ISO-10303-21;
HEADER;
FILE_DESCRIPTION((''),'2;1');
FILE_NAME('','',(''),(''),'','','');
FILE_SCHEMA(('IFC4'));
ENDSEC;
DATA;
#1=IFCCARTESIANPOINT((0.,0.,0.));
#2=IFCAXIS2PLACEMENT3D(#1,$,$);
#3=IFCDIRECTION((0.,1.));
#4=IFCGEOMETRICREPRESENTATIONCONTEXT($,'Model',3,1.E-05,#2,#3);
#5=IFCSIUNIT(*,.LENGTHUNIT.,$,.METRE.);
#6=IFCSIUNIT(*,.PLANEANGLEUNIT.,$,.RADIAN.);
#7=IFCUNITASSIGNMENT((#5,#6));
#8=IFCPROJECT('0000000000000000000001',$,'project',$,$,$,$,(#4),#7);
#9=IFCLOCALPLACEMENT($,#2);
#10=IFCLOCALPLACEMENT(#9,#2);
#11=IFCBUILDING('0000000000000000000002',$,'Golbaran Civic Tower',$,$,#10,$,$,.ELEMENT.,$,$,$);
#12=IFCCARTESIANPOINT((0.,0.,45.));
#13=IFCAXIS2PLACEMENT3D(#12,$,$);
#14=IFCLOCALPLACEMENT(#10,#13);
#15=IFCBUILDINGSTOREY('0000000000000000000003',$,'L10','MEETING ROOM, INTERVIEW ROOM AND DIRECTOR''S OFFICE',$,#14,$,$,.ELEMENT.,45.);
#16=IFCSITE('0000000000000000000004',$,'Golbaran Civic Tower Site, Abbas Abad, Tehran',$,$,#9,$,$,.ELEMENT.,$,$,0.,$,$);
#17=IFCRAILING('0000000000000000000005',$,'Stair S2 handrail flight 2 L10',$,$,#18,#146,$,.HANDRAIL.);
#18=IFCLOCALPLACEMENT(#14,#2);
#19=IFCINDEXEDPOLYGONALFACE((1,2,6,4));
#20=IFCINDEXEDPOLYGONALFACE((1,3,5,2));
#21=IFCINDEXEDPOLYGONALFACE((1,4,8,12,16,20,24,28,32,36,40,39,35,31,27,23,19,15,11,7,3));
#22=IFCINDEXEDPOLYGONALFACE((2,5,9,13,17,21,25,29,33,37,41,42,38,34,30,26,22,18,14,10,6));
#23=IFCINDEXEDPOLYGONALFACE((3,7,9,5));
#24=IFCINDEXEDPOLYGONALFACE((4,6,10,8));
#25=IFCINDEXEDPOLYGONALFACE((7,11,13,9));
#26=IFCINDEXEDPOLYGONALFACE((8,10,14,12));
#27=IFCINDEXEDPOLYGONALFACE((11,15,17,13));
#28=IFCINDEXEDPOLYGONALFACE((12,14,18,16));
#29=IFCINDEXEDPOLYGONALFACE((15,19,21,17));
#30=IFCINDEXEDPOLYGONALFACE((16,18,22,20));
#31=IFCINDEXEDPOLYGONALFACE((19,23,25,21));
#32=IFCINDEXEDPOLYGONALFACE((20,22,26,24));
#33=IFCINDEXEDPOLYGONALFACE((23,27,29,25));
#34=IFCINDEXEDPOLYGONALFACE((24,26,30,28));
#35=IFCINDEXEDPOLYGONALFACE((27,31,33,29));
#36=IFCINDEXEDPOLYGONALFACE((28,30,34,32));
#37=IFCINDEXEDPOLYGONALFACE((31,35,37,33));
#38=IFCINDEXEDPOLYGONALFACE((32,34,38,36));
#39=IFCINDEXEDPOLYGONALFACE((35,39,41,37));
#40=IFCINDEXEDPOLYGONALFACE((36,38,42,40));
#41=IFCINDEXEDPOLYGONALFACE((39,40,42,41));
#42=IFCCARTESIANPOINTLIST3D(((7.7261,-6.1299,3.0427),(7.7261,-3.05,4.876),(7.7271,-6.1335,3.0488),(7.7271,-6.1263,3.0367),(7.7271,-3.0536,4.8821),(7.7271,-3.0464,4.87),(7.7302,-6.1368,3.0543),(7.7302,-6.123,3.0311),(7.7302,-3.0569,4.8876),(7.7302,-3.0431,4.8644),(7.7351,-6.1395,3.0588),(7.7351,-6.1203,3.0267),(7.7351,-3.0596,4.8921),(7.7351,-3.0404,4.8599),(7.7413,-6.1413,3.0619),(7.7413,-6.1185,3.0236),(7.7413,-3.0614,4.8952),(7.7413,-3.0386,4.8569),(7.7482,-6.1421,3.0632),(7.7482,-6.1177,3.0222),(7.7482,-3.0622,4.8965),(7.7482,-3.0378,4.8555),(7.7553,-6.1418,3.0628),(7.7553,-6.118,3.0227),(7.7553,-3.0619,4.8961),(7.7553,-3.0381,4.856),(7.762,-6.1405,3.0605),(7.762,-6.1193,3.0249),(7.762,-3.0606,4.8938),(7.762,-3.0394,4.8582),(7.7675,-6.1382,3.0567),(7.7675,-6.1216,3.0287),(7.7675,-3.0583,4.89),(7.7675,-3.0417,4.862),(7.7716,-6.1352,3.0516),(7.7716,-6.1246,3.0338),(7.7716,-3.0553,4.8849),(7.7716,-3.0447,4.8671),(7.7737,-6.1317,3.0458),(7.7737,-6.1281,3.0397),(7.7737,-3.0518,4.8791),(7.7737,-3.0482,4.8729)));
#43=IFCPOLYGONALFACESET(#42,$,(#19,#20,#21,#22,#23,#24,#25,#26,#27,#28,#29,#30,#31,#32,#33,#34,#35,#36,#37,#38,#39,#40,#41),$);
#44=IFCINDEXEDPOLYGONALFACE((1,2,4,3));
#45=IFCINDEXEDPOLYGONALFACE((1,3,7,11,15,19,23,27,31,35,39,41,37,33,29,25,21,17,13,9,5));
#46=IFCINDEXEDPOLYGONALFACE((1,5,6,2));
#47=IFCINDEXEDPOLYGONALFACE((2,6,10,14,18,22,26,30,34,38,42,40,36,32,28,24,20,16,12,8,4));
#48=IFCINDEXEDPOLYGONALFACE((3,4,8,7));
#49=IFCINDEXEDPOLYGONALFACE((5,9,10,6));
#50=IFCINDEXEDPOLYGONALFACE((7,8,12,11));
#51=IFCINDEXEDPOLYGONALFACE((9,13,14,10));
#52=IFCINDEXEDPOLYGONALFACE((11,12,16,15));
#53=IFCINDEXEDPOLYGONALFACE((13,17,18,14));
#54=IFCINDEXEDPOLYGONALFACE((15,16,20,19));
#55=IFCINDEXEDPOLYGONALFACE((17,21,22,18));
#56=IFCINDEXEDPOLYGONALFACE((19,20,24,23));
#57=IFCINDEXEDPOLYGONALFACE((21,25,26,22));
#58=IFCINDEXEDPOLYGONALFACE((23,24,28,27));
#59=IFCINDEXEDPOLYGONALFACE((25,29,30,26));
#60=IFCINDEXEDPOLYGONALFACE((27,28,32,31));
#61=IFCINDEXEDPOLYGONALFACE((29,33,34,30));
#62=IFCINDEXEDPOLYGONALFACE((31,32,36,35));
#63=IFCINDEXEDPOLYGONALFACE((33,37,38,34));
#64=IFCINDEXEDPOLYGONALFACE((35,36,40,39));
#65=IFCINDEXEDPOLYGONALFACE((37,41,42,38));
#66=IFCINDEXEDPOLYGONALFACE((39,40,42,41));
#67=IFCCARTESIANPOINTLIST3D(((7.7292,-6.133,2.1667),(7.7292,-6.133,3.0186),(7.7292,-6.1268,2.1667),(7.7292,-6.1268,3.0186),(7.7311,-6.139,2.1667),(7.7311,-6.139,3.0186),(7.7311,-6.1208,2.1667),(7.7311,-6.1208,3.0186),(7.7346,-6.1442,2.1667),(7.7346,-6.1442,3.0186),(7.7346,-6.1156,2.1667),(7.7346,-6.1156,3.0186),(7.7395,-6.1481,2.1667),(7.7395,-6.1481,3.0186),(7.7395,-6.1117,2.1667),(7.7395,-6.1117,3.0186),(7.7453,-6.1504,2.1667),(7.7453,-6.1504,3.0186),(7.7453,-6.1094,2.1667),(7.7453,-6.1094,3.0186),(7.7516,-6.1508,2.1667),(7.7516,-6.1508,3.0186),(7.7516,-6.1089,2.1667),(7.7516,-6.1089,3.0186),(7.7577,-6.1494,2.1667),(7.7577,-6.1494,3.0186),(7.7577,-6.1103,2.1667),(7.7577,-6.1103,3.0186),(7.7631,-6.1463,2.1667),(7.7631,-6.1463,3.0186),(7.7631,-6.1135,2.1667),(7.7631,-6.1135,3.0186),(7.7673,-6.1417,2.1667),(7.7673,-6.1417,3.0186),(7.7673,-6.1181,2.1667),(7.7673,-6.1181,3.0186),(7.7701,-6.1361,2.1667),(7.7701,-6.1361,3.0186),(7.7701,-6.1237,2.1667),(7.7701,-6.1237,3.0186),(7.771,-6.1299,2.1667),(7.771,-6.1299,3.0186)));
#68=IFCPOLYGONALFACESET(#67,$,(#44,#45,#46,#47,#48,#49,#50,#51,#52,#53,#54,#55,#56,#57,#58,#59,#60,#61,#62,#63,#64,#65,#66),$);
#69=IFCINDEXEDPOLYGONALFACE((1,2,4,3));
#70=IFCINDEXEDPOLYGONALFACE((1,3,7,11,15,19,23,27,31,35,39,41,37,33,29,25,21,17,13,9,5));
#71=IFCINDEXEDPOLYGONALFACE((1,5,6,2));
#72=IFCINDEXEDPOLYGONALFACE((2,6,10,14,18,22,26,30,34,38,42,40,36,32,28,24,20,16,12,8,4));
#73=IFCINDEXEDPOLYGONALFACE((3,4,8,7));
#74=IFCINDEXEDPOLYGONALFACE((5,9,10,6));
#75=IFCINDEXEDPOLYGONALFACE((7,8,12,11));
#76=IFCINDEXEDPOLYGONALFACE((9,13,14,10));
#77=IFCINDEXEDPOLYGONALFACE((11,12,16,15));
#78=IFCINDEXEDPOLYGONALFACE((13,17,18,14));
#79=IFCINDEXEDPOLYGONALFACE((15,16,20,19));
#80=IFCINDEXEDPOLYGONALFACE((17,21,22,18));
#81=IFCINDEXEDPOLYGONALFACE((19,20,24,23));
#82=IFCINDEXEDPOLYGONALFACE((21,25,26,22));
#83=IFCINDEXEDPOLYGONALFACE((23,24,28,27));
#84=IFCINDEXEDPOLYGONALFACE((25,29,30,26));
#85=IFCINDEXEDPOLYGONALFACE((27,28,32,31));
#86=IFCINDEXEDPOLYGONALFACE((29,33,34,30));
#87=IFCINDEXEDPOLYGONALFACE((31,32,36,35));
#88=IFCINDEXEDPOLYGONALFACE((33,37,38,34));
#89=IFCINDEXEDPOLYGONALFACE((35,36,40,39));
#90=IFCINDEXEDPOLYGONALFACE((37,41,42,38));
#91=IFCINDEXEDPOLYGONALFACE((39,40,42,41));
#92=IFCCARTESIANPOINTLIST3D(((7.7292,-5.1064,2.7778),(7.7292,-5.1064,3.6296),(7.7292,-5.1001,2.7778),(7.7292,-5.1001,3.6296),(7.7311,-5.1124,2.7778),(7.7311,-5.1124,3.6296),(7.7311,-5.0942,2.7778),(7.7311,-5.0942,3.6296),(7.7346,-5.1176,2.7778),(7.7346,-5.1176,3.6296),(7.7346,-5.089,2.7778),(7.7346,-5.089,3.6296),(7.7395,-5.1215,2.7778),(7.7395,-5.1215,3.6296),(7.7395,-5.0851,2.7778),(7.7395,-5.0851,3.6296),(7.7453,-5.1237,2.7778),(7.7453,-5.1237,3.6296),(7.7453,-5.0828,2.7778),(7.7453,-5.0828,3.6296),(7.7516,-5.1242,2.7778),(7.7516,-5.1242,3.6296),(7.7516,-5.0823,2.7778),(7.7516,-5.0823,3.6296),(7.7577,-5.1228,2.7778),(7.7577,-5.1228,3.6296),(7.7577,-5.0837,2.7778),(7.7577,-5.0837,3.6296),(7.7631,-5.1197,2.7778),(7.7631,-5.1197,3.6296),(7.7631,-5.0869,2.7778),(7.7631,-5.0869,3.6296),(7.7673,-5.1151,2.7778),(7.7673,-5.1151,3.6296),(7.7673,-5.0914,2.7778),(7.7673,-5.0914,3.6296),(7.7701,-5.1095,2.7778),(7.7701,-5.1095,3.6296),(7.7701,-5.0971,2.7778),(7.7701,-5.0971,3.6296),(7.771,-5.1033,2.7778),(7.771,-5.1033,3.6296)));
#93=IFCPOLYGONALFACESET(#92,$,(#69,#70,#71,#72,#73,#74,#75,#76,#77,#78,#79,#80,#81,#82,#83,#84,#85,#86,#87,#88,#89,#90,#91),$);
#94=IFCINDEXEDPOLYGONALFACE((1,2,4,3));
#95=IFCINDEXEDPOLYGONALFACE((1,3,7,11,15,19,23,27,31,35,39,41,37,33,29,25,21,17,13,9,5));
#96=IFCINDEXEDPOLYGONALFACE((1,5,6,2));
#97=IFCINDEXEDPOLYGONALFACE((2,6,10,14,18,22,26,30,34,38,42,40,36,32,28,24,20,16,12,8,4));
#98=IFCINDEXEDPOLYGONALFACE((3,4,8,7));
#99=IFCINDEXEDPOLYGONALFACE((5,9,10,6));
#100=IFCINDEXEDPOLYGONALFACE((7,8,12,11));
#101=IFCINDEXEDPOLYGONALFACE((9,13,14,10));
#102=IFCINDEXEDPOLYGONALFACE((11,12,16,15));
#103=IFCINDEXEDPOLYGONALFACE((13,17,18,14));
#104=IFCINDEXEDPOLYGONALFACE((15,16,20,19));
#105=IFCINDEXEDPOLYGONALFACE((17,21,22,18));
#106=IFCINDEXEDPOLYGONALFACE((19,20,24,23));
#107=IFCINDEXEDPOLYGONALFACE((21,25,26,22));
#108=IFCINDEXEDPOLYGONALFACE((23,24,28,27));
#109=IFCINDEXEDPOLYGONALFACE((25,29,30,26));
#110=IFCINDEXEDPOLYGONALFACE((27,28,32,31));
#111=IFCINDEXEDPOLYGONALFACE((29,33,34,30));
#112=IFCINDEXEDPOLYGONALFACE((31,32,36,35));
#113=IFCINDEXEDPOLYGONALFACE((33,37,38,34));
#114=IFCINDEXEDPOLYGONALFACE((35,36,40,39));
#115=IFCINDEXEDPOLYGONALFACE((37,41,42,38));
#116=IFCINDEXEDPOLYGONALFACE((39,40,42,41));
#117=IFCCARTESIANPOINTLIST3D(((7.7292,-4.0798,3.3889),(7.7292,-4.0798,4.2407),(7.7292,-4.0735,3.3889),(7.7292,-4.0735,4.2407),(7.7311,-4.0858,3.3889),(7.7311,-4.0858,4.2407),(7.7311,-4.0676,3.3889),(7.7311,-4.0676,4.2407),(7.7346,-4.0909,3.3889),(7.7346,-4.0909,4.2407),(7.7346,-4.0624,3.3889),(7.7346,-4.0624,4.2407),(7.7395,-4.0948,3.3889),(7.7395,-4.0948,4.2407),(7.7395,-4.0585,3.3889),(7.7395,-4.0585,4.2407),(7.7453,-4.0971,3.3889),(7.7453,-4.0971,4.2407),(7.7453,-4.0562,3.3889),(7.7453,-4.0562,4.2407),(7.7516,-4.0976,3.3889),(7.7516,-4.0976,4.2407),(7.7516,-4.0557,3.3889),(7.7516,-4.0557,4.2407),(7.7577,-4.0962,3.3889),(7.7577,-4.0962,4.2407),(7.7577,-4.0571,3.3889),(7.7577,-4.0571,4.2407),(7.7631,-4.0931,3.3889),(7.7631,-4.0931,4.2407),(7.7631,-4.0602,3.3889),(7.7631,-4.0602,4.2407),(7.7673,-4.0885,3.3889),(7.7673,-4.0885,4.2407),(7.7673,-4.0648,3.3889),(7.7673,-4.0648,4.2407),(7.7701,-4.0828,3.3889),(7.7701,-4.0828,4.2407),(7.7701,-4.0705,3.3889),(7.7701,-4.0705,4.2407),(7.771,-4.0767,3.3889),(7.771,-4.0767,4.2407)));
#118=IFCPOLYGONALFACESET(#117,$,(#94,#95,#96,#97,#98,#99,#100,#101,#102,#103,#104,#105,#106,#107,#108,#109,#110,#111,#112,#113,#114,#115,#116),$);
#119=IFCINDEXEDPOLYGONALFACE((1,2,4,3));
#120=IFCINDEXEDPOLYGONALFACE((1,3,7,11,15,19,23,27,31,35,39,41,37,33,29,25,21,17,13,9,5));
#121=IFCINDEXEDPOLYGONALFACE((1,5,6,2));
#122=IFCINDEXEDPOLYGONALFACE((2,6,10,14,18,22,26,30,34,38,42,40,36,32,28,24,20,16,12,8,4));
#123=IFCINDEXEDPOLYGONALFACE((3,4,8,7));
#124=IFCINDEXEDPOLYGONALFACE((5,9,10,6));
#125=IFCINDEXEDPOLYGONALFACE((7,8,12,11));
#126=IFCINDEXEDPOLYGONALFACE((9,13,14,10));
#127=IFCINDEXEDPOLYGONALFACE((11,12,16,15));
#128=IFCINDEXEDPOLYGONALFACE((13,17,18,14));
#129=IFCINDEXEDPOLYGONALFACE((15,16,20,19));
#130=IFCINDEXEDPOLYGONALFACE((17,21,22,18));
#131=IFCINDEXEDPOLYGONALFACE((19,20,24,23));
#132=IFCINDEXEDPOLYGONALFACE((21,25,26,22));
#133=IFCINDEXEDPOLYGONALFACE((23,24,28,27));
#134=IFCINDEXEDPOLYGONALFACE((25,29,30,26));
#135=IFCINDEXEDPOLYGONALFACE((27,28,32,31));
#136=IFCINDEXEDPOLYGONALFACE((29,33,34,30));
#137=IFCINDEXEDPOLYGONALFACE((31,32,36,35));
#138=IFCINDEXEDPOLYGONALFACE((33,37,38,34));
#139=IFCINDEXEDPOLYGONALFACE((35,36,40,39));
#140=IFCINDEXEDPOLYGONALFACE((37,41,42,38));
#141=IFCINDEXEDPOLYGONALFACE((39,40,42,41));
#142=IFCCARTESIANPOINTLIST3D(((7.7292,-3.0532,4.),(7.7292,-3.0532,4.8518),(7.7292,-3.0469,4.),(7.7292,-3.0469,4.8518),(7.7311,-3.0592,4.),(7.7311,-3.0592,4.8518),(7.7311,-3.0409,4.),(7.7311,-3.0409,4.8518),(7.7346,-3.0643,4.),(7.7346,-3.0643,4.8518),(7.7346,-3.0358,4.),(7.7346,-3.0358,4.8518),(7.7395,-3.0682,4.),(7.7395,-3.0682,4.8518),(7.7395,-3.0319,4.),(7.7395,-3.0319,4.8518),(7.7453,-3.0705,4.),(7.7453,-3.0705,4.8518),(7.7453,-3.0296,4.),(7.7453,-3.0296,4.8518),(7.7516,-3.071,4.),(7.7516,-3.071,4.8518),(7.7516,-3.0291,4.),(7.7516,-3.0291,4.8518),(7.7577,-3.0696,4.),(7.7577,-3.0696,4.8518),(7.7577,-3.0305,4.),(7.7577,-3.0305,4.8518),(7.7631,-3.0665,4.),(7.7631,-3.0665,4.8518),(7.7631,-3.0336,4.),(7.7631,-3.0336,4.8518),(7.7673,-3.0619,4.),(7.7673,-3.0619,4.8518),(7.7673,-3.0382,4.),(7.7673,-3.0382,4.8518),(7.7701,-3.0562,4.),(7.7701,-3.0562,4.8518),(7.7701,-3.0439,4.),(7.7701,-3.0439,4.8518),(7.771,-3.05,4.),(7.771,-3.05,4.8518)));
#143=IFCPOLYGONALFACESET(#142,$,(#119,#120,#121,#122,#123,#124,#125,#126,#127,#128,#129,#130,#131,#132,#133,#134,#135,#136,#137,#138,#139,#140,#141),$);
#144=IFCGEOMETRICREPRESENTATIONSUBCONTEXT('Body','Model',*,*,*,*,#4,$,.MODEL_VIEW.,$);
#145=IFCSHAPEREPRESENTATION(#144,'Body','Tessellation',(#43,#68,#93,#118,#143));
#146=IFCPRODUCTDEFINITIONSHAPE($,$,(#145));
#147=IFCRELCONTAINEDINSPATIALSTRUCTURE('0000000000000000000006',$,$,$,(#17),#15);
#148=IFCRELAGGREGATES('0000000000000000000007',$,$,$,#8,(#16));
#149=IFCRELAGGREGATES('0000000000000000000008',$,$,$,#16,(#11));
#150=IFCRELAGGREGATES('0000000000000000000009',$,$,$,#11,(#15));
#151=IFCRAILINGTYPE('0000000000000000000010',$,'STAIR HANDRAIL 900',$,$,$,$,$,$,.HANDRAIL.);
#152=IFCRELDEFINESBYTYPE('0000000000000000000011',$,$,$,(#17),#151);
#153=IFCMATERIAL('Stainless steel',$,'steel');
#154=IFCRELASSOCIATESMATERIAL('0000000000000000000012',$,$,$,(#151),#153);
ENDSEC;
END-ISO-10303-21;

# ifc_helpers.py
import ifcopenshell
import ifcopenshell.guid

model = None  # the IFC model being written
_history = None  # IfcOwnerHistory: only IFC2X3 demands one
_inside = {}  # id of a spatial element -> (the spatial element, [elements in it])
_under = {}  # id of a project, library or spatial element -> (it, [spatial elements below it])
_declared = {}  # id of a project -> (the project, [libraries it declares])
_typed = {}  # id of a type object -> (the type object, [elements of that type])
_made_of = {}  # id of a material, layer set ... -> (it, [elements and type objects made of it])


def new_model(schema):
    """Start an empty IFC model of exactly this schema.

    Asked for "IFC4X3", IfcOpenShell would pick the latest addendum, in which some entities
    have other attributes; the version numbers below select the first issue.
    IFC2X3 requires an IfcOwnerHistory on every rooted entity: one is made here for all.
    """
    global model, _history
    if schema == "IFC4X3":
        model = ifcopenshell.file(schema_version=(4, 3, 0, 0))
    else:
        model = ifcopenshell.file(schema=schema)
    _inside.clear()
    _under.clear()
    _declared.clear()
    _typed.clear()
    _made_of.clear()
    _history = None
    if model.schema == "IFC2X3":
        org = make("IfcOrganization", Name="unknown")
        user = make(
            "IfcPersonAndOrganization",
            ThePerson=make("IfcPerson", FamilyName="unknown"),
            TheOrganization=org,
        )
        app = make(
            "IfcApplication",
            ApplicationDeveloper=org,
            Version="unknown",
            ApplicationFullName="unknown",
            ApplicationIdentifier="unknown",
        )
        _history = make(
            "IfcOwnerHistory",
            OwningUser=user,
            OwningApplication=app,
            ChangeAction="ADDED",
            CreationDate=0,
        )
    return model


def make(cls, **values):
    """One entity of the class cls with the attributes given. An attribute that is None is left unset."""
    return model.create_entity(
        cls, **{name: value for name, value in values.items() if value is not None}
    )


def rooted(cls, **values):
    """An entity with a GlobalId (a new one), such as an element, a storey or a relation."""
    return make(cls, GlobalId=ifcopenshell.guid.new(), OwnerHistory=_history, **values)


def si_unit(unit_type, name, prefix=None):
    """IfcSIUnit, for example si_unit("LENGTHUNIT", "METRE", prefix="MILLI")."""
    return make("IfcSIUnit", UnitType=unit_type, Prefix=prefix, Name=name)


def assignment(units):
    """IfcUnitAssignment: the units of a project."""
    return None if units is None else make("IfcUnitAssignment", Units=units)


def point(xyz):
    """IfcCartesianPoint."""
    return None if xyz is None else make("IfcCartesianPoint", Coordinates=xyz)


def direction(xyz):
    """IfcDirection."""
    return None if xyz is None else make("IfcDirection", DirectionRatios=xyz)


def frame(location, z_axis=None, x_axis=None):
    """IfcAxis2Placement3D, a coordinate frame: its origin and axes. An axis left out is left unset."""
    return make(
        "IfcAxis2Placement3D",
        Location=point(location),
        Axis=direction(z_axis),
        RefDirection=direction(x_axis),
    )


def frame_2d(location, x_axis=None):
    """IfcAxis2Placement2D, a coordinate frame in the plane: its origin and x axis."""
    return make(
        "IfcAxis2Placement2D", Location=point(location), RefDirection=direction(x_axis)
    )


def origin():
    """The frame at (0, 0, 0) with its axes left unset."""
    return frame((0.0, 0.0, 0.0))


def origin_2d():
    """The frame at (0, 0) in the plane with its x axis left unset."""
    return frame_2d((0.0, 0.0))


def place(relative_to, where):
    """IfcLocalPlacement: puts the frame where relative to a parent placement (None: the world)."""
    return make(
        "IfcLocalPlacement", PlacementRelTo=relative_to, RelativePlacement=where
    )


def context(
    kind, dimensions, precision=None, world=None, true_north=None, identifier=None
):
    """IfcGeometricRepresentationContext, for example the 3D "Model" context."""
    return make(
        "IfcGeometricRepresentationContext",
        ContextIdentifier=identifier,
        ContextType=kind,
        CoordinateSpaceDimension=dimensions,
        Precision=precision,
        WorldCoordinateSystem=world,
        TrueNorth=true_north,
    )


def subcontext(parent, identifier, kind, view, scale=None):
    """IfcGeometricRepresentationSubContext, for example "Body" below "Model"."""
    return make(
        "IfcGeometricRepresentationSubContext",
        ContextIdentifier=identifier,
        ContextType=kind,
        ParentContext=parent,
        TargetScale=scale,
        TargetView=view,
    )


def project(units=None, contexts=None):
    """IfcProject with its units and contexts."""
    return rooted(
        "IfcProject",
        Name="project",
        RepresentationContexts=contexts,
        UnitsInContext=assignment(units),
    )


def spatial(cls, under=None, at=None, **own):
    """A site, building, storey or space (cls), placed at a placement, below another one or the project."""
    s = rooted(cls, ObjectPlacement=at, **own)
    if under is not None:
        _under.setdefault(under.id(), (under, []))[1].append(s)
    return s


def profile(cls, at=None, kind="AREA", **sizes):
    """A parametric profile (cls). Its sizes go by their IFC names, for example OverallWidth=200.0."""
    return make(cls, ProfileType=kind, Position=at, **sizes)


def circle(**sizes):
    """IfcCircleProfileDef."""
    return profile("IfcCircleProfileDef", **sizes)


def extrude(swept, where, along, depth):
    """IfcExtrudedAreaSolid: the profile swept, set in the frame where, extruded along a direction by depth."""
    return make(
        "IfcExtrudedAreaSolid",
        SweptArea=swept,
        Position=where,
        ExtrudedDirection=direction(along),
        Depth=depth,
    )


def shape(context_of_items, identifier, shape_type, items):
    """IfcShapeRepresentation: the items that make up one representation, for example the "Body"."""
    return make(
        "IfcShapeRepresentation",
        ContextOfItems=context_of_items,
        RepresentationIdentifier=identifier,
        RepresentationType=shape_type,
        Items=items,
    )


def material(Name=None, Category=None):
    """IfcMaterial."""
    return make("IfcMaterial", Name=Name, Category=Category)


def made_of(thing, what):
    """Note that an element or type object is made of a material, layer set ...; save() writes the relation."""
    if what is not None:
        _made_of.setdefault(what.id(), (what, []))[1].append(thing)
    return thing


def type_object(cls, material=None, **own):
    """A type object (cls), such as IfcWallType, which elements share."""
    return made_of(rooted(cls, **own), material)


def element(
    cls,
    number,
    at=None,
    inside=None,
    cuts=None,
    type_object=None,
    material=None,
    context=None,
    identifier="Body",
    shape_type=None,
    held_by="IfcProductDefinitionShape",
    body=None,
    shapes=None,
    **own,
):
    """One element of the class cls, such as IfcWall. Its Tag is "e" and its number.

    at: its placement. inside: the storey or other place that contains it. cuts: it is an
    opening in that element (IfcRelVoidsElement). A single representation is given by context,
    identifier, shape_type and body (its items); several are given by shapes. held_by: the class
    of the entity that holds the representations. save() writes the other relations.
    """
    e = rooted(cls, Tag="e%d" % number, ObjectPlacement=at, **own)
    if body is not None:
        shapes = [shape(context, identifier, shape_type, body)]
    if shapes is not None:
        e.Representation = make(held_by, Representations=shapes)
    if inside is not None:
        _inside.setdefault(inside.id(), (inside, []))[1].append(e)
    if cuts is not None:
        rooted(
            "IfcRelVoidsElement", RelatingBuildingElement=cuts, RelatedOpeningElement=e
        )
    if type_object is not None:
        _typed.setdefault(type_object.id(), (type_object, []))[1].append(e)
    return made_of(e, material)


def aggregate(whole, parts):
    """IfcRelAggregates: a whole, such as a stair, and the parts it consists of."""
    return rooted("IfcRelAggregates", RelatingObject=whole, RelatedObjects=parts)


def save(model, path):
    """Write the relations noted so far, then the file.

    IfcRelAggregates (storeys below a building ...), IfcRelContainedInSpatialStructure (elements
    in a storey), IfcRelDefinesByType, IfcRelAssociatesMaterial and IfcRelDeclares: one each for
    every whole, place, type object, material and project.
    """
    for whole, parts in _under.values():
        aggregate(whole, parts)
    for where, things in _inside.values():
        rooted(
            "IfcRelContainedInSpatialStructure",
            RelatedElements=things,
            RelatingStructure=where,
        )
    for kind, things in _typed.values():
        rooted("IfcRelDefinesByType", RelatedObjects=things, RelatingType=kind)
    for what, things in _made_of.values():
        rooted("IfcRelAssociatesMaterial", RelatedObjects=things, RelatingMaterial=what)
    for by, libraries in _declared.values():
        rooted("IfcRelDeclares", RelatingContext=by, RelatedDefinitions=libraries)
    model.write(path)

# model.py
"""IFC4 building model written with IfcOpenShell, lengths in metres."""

from ifc_helpers import new_model, si_unit, direction, frame, origin, origin_2d, place, context, subcontext, project, spatial, circle, extrude, material, type_object, element, save


model = new_model("IFC4")

# Units and contexts
model_context = context("Model", 3, precision=1e-05, world=origin(), true_north=direction((0.0, 1.0)))
body_context = subcontext(model_context, "Body", "Model", "MODEL_VIEW")
ifc_project = project(units=[si_unit("LENGTHUNIT", "METRE"), si_unit("PLANEANGLEUNIT", "RADIAN")], contexts=[model_context])

# Site, building, storey
site_placement = place(None, origin())
site = spatial("IfcSite", under=ifc_project, at=site_placement, Name="Golbaran Civic Tower Site, Abbas Abad, Tehran", CompositionType="ELEMENT", RefElevation=0.0)
building_placement = place(site_placement, origin())
building = spatial("IfcBuilding", under=site, at=building_placement, Name="Golbaran Civic Tower", CompositionType="ELEMENT")
storey_placement = place(building_placement, frame((0.0, 0.0, 45.0)))
storey = spatial("IfcBuildingStorey", under=building, at=storey_placement, Name="L10", Description="MEETING ROOM, INTERVIEW ROOM AND DIRECTOR'S OFFICE", CompositionType="ELEMENT", Elevation=45.0)

# Shared definitions
ifc_material_1 = material(Name="Stainless steel", Category="steel")

# Railing
railing_type = type_object("IfcRailingType", Name="STAIR HANDRAIL 900", PredefinedType="HANDRAIL", material=ifc_material_1)
railing_1_placement = place(storey_placement, frame((7.75, -6.1299, 2.1667)))
element("IfcRailing", 1, at=railing_1_placement, inside=storey, type_object=railing_type, Name="Stair S2 handrail flight 2 L10", PredefinedType="HANDRAIL", context=body_context, shape_type="SweptSolid", body=[
    extrude(circle(Radius=0.0239, at=origin_2d()), frame((0.0, 0.0, 0.876), z_axis=(0.0, 0.859291, 0.511487), x_axis=(-1.0, 0.0, 0.0)), (0.0, 0.0, 1.0), 3.5842),
    extrude(circle(Radius=0.021, at=origin_2d()), origin(), (0.0, 0.0, 1.0), 0.8518),
    extrude(circle(Radius=0.021, at=origin_2d()), frame((0.0, 1.0266, 0.6111)), (0.0, 0.0, 1.0), 0.8518),
    extrude(circle(Radius=0.021, at=origin_2d()), frame((0.0, 2.0532, 1.2222)), (0.0, 0.0, 1.0), 0.8518),
    extrude(circle(Radius=0.021, at=origin_2d()), frame((0.0, 3.0798, 1.8333)), (0.0, 0.0, 1.0), 0.8518),
])

save(model, "model.ifc")
